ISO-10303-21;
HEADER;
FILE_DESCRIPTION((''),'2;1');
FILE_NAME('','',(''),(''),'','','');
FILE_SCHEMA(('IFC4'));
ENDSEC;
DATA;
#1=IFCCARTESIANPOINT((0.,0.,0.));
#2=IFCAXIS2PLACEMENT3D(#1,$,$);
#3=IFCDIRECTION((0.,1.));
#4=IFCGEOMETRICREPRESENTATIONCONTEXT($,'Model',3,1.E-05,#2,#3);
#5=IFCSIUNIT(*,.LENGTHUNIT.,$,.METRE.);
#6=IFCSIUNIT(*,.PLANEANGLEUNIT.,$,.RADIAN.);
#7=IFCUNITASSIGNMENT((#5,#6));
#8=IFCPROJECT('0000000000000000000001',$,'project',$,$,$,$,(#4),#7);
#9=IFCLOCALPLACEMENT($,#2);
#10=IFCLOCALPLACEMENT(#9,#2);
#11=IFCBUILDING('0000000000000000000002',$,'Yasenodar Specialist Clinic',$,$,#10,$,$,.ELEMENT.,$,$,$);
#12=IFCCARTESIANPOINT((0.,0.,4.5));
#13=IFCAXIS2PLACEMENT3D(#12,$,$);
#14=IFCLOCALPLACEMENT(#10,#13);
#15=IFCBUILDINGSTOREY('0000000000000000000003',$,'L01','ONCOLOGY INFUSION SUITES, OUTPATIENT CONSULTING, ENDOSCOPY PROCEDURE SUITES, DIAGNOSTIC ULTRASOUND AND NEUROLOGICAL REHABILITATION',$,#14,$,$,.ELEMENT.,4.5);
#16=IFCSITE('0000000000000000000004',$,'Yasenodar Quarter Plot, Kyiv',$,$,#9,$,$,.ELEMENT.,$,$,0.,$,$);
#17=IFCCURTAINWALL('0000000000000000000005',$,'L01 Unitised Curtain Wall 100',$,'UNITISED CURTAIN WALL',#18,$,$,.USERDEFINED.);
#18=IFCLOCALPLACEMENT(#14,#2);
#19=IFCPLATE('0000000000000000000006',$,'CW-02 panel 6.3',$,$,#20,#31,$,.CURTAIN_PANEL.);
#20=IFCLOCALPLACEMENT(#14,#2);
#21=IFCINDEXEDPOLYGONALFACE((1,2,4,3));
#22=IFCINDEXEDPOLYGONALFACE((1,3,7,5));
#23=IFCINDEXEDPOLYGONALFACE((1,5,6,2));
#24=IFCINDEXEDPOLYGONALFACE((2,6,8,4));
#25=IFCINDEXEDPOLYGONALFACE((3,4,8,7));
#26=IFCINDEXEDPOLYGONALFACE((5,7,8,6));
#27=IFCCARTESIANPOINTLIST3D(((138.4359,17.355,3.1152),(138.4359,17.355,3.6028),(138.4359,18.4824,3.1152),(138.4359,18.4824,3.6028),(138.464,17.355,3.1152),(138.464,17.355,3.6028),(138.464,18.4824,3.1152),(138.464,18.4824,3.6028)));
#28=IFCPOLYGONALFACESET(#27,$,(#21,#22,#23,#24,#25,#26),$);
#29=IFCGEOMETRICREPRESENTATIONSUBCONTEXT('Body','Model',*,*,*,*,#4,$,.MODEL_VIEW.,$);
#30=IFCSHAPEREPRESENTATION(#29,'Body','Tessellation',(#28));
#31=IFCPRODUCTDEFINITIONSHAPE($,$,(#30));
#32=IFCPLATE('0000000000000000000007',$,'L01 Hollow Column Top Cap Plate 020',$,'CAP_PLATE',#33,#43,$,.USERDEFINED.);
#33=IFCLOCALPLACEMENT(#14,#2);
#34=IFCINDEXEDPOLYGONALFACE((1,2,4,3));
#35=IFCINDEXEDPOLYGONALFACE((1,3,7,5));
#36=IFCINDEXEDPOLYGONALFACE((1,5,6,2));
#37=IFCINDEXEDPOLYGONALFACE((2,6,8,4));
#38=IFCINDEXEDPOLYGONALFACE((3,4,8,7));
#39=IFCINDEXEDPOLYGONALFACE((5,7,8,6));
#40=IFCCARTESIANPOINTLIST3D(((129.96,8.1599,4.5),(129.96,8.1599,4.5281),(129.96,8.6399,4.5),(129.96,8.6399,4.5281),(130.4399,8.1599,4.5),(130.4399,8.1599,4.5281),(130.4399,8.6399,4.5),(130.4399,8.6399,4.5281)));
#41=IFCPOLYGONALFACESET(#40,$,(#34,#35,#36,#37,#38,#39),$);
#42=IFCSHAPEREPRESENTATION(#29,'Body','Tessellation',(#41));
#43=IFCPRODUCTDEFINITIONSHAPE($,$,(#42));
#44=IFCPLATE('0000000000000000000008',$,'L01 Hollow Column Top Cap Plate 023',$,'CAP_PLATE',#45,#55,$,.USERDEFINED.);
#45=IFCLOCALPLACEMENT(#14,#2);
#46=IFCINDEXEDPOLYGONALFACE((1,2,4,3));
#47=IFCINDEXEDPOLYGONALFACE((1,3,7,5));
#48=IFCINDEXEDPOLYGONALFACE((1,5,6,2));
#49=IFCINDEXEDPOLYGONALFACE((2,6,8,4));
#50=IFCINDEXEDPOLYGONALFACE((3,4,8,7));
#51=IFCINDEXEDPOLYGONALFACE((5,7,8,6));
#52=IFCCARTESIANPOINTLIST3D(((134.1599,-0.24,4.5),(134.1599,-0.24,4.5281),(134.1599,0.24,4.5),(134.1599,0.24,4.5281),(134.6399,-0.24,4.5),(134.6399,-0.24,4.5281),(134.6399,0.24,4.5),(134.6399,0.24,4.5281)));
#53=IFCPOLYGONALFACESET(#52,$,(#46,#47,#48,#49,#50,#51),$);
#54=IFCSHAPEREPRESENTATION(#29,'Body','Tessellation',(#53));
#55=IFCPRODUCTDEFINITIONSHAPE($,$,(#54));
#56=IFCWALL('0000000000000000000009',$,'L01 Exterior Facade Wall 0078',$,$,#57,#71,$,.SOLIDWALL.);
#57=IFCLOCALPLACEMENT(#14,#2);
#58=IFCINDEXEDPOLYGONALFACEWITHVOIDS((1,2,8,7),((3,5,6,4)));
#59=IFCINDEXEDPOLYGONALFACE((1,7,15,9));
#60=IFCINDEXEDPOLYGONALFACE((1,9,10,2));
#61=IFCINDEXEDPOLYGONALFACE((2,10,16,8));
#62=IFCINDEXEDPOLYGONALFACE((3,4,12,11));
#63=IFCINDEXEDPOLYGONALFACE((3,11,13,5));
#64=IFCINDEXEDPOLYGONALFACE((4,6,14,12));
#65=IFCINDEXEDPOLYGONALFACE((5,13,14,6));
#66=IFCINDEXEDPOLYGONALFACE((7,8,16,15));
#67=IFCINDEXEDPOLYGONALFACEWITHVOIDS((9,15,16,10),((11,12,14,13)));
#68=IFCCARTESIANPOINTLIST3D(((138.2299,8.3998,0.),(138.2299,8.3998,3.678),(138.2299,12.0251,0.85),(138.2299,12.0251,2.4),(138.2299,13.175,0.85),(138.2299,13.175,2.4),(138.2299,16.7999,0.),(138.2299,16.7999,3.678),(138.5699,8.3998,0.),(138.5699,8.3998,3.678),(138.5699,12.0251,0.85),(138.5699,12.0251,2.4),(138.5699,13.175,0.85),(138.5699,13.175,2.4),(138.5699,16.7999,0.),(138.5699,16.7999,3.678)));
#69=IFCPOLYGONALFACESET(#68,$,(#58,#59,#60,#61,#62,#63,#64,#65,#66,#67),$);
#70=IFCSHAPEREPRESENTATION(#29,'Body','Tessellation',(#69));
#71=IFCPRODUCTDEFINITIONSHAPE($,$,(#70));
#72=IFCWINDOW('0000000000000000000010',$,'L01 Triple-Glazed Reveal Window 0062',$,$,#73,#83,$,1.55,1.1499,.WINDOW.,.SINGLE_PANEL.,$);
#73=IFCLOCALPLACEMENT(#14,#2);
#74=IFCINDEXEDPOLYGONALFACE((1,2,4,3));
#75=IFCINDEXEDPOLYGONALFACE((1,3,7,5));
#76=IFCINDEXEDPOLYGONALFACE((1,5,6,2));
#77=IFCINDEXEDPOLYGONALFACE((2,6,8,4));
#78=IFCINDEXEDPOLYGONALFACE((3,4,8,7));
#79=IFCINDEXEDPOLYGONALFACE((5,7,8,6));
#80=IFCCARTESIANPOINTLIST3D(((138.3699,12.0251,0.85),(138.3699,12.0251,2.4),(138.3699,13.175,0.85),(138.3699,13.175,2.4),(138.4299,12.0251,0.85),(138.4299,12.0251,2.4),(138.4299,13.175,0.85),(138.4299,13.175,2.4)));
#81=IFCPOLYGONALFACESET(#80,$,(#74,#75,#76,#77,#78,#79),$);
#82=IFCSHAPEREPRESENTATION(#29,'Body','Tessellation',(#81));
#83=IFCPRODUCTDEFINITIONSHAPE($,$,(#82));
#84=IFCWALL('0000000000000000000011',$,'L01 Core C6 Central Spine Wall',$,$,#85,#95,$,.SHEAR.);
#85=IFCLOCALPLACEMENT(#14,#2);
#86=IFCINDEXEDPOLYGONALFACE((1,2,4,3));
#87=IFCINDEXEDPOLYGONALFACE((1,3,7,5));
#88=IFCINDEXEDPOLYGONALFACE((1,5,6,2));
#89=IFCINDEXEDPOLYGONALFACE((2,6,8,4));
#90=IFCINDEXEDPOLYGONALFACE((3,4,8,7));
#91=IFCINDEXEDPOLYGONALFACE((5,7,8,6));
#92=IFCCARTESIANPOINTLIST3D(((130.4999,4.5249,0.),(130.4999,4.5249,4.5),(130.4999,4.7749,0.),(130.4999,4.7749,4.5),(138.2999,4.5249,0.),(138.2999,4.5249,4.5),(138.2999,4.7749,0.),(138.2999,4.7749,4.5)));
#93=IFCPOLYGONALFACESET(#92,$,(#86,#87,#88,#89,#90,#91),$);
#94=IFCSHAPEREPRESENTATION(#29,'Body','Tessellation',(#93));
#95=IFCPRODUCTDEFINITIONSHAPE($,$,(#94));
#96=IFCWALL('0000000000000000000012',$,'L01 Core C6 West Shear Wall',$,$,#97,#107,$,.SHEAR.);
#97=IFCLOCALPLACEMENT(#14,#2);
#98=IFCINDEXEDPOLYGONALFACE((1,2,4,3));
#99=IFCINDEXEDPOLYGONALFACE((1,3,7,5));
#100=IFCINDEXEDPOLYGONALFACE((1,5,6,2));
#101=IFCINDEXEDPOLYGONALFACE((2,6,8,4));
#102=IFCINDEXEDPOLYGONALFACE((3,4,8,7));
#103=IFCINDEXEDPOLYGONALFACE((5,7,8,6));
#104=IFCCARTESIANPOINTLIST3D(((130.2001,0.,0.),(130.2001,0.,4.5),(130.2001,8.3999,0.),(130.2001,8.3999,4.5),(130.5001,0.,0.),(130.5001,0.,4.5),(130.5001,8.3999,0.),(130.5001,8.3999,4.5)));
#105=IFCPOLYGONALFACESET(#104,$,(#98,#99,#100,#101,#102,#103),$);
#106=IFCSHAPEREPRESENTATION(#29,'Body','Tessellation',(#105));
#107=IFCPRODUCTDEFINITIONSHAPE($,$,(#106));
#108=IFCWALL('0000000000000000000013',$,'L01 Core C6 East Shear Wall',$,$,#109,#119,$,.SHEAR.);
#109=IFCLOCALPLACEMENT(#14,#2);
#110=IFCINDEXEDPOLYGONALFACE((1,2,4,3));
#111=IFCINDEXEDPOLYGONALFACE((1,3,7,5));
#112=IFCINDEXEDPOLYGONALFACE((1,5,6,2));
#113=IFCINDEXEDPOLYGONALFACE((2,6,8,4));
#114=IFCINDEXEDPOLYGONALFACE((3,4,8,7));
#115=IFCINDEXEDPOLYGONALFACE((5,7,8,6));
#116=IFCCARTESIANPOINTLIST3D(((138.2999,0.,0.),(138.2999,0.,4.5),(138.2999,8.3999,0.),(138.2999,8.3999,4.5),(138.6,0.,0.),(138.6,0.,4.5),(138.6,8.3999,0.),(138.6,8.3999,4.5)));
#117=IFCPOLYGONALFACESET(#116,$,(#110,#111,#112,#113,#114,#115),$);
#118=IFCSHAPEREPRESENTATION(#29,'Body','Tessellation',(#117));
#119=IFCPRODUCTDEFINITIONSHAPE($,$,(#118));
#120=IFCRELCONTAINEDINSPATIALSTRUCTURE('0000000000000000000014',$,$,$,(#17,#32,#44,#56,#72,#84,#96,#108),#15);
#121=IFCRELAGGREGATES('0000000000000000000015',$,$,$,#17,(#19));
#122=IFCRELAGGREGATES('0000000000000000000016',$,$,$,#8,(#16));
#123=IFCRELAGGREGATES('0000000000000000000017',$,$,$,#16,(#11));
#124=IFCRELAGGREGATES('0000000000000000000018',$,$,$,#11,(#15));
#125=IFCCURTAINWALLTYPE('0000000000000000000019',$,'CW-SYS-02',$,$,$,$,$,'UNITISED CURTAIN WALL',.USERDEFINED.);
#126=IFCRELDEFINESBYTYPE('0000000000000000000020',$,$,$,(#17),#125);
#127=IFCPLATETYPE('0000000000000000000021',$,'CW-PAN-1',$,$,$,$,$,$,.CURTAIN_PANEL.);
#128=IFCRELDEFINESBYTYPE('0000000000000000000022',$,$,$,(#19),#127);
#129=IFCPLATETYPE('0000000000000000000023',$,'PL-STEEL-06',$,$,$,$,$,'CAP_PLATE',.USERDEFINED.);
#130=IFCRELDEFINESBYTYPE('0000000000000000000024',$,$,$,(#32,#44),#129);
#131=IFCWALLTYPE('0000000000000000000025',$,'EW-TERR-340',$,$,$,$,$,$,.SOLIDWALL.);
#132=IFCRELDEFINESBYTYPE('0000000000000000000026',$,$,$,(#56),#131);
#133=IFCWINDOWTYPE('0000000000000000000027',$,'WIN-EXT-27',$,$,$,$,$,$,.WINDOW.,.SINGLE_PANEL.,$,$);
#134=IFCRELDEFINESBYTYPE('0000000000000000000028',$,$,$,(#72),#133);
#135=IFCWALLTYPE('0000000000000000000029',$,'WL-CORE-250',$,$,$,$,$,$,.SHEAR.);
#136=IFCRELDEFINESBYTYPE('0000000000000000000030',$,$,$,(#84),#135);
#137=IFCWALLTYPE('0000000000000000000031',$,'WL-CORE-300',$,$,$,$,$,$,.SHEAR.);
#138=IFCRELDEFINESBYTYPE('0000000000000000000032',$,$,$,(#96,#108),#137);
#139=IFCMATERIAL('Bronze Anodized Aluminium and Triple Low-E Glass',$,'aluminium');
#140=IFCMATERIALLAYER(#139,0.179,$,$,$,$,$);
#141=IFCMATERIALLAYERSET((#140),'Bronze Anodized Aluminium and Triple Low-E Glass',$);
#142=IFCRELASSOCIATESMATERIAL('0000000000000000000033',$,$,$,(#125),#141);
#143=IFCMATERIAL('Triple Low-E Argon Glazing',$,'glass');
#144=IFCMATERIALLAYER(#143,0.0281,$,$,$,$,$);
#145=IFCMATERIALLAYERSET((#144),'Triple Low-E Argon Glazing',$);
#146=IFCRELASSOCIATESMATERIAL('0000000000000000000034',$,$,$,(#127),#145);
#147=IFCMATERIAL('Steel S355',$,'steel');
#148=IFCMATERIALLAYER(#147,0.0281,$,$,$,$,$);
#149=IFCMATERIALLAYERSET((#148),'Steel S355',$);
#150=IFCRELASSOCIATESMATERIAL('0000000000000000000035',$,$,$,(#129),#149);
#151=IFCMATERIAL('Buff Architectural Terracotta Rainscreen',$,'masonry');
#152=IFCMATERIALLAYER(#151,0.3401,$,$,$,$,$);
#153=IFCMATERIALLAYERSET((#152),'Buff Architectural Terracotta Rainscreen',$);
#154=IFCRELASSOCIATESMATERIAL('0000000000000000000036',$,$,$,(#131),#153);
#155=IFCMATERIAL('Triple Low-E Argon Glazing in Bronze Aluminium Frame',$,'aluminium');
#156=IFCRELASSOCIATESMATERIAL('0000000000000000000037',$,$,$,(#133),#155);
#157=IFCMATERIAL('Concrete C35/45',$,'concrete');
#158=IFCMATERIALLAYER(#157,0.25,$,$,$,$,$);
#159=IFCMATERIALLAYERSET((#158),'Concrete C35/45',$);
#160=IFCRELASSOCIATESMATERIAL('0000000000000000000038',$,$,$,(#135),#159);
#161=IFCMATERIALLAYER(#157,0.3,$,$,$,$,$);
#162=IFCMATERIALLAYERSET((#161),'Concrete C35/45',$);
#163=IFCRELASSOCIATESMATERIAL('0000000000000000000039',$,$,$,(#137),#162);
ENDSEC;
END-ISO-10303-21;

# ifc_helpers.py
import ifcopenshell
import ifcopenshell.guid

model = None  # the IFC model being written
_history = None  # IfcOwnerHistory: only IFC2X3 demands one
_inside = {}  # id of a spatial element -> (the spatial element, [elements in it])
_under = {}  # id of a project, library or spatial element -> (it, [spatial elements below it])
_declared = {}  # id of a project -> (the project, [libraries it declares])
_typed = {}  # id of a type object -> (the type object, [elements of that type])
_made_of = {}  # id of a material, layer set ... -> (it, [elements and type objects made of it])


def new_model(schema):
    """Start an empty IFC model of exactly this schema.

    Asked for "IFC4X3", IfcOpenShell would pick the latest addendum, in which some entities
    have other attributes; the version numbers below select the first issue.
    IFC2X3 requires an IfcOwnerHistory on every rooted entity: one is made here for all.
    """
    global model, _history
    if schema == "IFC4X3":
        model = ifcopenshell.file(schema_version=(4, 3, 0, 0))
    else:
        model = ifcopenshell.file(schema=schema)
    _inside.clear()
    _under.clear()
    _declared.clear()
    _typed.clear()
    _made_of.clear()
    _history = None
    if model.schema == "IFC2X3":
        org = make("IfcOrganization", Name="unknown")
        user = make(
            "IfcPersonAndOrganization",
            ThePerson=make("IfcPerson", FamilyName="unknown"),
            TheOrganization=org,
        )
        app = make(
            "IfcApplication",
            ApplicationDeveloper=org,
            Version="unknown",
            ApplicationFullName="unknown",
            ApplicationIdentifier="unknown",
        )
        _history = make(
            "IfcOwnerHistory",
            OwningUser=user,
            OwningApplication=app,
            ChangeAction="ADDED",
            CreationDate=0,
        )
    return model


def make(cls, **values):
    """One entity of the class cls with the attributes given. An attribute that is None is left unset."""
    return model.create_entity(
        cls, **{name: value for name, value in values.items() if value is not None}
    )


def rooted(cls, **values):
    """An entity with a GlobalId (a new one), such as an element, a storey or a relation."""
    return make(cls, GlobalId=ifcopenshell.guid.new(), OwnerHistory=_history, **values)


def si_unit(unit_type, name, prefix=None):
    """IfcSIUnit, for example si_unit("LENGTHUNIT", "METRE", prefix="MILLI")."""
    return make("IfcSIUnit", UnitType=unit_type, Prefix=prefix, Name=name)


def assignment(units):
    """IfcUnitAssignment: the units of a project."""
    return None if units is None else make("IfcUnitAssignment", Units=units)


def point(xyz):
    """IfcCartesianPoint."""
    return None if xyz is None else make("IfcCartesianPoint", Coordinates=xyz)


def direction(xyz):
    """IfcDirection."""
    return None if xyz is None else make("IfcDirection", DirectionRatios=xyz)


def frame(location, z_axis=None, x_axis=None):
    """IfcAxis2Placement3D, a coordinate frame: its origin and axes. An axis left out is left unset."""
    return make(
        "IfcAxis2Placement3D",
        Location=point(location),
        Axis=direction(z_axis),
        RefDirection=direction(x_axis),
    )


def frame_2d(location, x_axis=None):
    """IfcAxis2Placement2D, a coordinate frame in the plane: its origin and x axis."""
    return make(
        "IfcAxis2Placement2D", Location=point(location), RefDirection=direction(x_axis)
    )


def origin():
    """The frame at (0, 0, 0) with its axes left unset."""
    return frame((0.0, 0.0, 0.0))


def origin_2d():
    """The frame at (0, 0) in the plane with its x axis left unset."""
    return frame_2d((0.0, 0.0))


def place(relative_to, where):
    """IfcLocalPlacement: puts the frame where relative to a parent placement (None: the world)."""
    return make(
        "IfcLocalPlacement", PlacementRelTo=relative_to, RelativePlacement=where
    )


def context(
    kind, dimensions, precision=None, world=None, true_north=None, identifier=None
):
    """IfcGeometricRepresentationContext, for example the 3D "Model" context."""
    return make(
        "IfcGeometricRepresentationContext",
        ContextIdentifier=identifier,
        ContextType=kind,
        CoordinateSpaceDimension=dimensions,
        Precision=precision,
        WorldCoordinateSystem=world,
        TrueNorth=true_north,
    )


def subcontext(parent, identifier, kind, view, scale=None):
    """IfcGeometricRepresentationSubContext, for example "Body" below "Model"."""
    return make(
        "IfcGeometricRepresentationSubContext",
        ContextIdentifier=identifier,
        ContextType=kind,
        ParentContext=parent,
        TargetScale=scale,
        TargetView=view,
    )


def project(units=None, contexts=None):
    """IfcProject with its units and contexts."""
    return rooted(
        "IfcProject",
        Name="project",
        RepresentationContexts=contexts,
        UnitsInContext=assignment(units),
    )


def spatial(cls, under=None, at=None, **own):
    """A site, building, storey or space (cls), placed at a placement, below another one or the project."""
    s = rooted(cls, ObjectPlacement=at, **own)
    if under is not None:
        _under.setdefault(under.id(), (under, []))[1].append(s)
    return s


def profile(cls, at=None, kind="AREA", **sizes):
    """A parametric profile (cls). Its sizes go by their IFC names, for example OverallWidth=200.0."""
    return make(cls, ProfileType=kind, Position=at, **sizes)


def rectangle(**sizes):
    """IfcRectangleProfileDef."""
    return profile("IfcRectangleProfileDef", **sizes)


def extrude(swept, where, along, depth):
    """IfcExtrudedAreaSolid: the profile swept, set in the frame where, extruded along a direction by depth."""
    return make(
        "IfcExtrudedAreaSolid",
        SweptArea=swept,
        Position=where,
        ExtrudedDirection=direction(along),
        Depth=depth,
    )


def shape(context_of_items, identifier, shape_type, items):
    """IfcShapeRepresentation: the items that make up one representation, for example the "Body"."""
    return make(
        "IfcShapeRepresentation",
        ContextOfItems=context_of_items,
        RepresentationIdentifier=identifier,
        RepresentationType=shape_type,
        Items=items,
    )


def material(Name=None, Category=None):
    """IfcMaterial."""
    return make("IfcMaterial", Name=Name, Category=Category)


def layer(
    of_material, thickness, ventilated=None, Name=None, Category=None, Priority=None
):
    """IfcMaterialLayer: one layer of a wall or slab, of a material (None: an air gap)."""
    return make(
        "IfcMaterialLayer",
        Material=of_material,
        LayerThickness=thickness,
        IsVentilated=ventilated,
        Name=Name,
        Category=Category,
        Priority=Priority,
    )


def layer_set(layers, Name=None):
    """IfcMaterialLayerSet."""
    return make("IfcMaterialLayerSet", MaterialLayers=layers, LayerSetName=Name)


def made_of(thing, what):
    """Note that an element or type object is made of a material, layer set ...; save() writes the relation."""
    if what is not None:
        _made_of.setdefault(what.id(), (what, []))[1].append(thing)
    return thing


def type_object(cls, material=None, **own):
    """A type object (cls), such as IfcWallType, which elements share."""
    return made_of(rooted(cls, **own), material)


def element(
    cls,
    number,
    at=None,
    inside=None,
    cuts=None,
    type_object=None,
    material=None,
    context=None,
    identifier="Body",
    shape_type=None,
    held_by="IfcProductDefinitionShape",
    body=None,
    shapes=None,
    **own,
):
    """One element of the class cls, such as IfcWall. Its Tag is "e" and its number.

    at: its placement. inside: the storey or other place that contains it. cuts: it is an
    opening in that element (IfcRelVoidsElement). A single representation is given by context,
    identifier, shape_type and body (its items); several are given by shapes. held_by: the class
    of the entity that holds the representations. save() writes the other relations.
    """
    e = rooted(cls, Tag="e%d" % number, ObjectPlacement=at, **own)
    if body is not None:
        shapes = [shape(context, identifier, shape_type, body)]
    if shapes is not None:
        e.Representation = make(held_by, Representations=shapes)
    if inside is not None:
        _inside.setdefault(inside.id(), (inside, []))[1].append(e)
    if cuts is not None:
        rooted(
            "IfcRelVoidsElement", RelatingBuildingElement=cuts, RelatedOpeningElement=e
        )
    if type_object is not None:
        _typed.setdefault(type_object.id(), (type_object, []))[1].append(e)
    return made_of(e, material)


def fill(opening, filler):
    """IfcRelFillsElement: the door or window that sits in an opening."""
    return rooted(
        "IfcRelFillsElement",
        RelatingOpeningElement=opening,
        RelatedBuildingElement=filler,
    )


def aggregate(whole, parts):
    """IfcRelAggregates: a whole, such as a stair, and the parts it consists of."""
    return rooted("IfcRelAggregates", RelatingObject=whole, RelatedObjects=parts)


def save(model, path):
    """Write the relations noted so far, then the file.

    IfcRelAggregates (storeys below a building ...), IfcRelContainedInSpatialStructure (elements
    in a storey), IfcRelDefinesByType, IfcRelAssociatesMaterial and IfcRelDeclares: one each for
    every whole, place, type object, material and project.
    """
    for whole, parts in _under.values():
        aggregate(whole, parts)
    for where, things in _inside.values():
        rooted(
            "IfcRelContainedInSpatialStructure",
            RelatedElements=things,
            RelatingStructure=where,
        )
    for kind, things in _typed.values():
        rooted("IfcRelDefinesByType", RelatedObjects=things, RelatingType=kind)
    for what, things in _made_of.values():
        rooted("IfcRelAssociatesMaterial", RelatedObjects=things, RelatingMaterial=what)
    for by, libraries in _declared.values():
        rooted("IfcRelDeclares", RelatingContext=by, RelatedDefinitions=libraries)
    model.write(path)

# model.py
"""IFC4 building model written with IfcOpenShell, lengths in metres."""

from ifc_helpers import new_model, si_unit, direction, frame, frame_2d, origin, origin_2d, place, context, subcontext, project, spatial, rectangle, extrude, material, layer, layer_set, type_object, element, fill, aggregate, save


model = new_model("IFC4")

# Units and contexts
model_context = context("Model", 3, precision=1e-05, world=origin(), true_north=direction((0.0, 1.0)))
body_context = subcontext(model_context, "Body", "Model", "MODEL_VIEW")
ifc_project = project(units=[si_unit("LENGTHUNIT", "METRE"), si_unit("PLANEANGLEUNIT", "RADIAN")], contexts=[model_context])

# Site, building, storey
site_placement = place(None, origin())
site = spatial("IfcSite", under=ifc_project, at=site_placement, Name="Yasenodar Quarter Plot, Kyiv", CompositionType="ELEMENT", RefElevation=0.0)
building_placement = place(site_placement, origin())
building = spatial("IfcBuilding", under=site, at=building_placement, Name="Yasenodar Specialist Clinic", CompositionType="ELEMENT")
storey_placement = place(building_placement, frame((0.0, 0.0, 4.5)))
storey = spatial("IfcBuildingStorey", under=building, at=storey_placement, Name="L01", Description="ONCOLOGY INFUSION SUITES, OUTPATIENT CONSULTING, ENDOSCOPY PROCEDURE SUITES, DIAGNOSTIC ULTRASOUND AND NEUROLOGICAL REHABILITATION", CompositionType="ELEMENT", Elevation=4.5)

# Shared definitions
ifc_material_1 = material(Name="Concrete C35/45", Category="concrete")
ifc_material_2 = material(Name="Steel S355", Category="steel")

# Curtain wall
ifc_material_3 = material(Name="Bronze Anodized Aluminium and Triple Low-E Glass", Category="aluminium")
ifc_layer_1 = layer(ifc_material_3, 0.179)
ifc_layer_set_1 = layer_set([ifc_layer_1], Name="Bronze Anodized Aluminium and Triple Low-E Glass")
curtain_wall_type = type_object("IfcCurtainWallType", Name="CW-SYS-02", ElementType="UNITISED CURTAIN WALL", PredefinedType="USERDEFINED", material=ifc_layer_set_1)
curtain_wall_placement = place(storey_placement, origin())
curtain_wall = element("IfcCurtainWall", 1, at=curtain_wall_placement, inside=storey, type_object=curtain_wall_type, Name="L01 Unitised Curtain Wall 100", ObjectType="UNITISED CURTAIN WALL", PredefinedType="USERDEFINED")

# Plate
ifc_material_4 = material(Name="Triple Low-E Argon Glazing", Category="glass")
ifc_layer_2 = layer(ifc_material_4, 0.0281)
ifc_layer_set_2 = layer_set([ifc_layer_2], Name="Triple Low-E Argon Glazing")
plate_type_1 = type_object("IfcPlateType", Name="CW-PAN-1", PredefinedType="CURTAIN_PANEL", material=ifc_layer_set_2)
plate_1_placement = place(storey_placement, frame((138.45, 17.9187, 3.1152), z_axis=(0.0, 0.0, 1.0), x_axis=(0.0, -1.0, 0.0)))
plate_1 = element("IfcPlate", 2, at=plate_1_placement, type_object=plate_type_1, Name="CW-02 panel 6.3", PredefinedType="CURTAIN_PANEL", context=body_context, shape_type="SweptSolid", body=[
    extrude(rectangle(XDim=1.1274, YDim=0.0281, at=origin_2d()), origin(), (0.0, 0.0, 1.0), 0.4875),
])
aggregate(curtain_wall, [plate_1])

# Plates
ifc_layer_3 = layer(ifc_material_2, 0.0281)
ifc_layer_set_3 = layer_set([ifc_layer_3], Name="Steel S355")
plate_type_2 = type_object("IfcPlateType", Name="PL-STEEL-06", ElementType="CAP_PLATE", PredefinedType="USERDEFINED", material=ifc_layer_set_3)
for number, where, z_axis, x_axis, name in (
    (3, (130.2, 8.3999, 4.5), (0.0, 0.0, 1.0), (1.0, 0.0, 0.0), "L01 Hollow Column Top Cap Plate 020"),
    (4, (134.3999, 0.0, 4.5), (0.0, 0.0, 1.0), (1.0, 0.0, 0.0), "L01 Hollow Column Top Cap Plate 023"),
):
    element("IfcPlate", number, at=place(storey_placement, frame(where, z_axis=z_axis, x_axis=x_axis)), inside=storey, type_object=plate_type_2, Name=name, ObjectType="CAP_PLATE", PredefinedType="USERDEFINED", context=body_context, shape_type="SweptSolid", body=[
        extrude(rectangle(XDim=0.48, YDim=0.48, at=origin_2d()), origin(), (0.0, 0.0, 1.0), 0.0281),
    ])

# Wall, opening, window
ifc_material_5 = material(Name="Buff Architectural Terracotta Rainscreen", Category="masonry")
ifc_layer_4 = layer(ifc_material_5, 0.3401)
ifc_layer_set_4 = layer_set([ifc_layer_4], Name="Buff Architectural Terracotta Rainscreen")
wall_type_1 = type_object("IfcWallType", Name="EW-TERR-340", PredefinedType="SOLIDWALL", material=ifc_layer_set_4)
wall_1_placement = place(storey_placement, frame((138.3999, 16.8, 0.0), z_axis=(0.0, 0.0, 1.0), x_axis=(0.0, -1.0, 0.0)))
wall_1 = element("IfcWall", 5, at=wall_1_placement, inside=storey, type_object=wall_type_1, Name="L01 Exterior Facade Wall 0078", PredefinedType="SOLIDWALL", context=body_context, shape_type="SweptSolid", body=[
    extrude(rectangle(XDim=8.4001, YDim=0.3401, at=frame_2d((4.2002, 0.0))), origin(), (0.0, 0.0, 1.0), 3.678),
])
opening_placement = place(wall_1_placement, frame((3.625, 0.0, 0.8501)))
opening = element("IfcOpeningElement", 6, at=opening_placement, cuts=wall_1, PredefinedType="OPENING", context=body_context, shape_type="SweptSolid", body=[
    extrude(rectangle(XDim=1.1499, YDim=1.55, at=frame_2d((0.575, 0.7749))), frame((0.0, 0.1802, 0.0), z_axis=(0.0, -1.0, 0.0), x_axis=(1.0, 0.0, 0.0)), (0.0, 0.0, 1.0), 0.3601),
])
ifc_material_6 = material(Name="Triple Low-E Argon Glazing in Bronze Aluminium Frame", Category="aluminium")
window_type = type_object("IfcWindowType", Name="WIN-EXT-27", PartitioningType="SINGLE_PANEL", PredefinedType="WINDOW", material=ifc_material_6)
window_placement = place(opening_placement, origin())
window = element("IfcWindow", 7, at=window_placement, inside=storey, type_object=window_type, Name="L01 Triple-Glazed Reveal Window 0062", OverallHeight=1.55, OverallWidth=1.1499, PartitioningType="SINGLE_PANEL", PredefinedType="WINDOW", context=body_context, shape_type="SweptSolid", body=[
    extrude(rectangle(XDim=1.1499, YDim=1.55, at=frame_2d((0.575, 0.7749))), frame((0.0, 0.03, 0.0), z_axis=(0.0, -1.0, 0.0), x_axis=(1.0, 0.0, 0.0)), (0.0, 0.0, 1.0), 0.0601),
])
fill(opening, window)

# Walls
ifc_layer_5 = layer(ifc_material_1, 0.25)
ifc_layer_set_5 = layer_set([ifc_layer_5], Name="Concrete C35/45")
wall_type_2 = type_object("IfcWallType", Name="WL-CORE-250", PredefinedType="SHEAR", material=ifc_layer_set_5)
wall_2_placement = place(storey_placement, frame((130.5, 4.6499, 0.0), z_axis=(0.0, 0.0, 1.0), x_axis=(1.0, 0.0, 0.0)))
element("IfcWall", 8, at=wall_2_placement, inside=storey, type_object=wall_type_2, Name="L01 Core C6 Central Spine Wall", PredefinedType="SHEAR", context=body_context, shape_type="SweptSolid", body=[
    extrude(rectangle(XDim=7.8, YDim=0.25, at=frame_2d((3.8999, 0.0))), origin(), (0.0, 0.0, 1.0), 4.5),
])
ifc_layer_6 = layer(ifc_material_1, 0.3)
ifc_layer_set_6 = layer_set([ifc_layer_6], Name="Concrete C35/45")
wall_type_3 = type_object("IfcWallType", Name="WL-CORE-300", PredefinedType="SHEAR", material=ifc_layer_set_6)
for number, where, z_axis, x_axis, name in (
    (9, (130.3501, 0.0, 0.0), (0.0, 0.0, 1.0), (0.0, 1.0, 0.0), "L01 Core C6 West Shear Wall"),
    (10, (138.45, 0.0, 0.0), (0.0, 0.0, 1.0), (0.0, 1.0, 0.0), "L01 Core C6 East Shear Wall"),
):
    element("IfcWall", number, at=place(storey_placement, frame(where, z_axis=z_axis, x_axis=x_axis)), inside=storey, type_object=wall_type_3, Name=name, PredefinedType="SHEAR", context=body_context, shape_type="SweptSolid", body=[
        extrude(rectangle(XDim=8.3999, YDim=0.3, at=frame_2d((4.2, 0.0))), origin(), (0.0, 0.0, 1.0), 4.5),
    ])

save(model, "model.ifc")
